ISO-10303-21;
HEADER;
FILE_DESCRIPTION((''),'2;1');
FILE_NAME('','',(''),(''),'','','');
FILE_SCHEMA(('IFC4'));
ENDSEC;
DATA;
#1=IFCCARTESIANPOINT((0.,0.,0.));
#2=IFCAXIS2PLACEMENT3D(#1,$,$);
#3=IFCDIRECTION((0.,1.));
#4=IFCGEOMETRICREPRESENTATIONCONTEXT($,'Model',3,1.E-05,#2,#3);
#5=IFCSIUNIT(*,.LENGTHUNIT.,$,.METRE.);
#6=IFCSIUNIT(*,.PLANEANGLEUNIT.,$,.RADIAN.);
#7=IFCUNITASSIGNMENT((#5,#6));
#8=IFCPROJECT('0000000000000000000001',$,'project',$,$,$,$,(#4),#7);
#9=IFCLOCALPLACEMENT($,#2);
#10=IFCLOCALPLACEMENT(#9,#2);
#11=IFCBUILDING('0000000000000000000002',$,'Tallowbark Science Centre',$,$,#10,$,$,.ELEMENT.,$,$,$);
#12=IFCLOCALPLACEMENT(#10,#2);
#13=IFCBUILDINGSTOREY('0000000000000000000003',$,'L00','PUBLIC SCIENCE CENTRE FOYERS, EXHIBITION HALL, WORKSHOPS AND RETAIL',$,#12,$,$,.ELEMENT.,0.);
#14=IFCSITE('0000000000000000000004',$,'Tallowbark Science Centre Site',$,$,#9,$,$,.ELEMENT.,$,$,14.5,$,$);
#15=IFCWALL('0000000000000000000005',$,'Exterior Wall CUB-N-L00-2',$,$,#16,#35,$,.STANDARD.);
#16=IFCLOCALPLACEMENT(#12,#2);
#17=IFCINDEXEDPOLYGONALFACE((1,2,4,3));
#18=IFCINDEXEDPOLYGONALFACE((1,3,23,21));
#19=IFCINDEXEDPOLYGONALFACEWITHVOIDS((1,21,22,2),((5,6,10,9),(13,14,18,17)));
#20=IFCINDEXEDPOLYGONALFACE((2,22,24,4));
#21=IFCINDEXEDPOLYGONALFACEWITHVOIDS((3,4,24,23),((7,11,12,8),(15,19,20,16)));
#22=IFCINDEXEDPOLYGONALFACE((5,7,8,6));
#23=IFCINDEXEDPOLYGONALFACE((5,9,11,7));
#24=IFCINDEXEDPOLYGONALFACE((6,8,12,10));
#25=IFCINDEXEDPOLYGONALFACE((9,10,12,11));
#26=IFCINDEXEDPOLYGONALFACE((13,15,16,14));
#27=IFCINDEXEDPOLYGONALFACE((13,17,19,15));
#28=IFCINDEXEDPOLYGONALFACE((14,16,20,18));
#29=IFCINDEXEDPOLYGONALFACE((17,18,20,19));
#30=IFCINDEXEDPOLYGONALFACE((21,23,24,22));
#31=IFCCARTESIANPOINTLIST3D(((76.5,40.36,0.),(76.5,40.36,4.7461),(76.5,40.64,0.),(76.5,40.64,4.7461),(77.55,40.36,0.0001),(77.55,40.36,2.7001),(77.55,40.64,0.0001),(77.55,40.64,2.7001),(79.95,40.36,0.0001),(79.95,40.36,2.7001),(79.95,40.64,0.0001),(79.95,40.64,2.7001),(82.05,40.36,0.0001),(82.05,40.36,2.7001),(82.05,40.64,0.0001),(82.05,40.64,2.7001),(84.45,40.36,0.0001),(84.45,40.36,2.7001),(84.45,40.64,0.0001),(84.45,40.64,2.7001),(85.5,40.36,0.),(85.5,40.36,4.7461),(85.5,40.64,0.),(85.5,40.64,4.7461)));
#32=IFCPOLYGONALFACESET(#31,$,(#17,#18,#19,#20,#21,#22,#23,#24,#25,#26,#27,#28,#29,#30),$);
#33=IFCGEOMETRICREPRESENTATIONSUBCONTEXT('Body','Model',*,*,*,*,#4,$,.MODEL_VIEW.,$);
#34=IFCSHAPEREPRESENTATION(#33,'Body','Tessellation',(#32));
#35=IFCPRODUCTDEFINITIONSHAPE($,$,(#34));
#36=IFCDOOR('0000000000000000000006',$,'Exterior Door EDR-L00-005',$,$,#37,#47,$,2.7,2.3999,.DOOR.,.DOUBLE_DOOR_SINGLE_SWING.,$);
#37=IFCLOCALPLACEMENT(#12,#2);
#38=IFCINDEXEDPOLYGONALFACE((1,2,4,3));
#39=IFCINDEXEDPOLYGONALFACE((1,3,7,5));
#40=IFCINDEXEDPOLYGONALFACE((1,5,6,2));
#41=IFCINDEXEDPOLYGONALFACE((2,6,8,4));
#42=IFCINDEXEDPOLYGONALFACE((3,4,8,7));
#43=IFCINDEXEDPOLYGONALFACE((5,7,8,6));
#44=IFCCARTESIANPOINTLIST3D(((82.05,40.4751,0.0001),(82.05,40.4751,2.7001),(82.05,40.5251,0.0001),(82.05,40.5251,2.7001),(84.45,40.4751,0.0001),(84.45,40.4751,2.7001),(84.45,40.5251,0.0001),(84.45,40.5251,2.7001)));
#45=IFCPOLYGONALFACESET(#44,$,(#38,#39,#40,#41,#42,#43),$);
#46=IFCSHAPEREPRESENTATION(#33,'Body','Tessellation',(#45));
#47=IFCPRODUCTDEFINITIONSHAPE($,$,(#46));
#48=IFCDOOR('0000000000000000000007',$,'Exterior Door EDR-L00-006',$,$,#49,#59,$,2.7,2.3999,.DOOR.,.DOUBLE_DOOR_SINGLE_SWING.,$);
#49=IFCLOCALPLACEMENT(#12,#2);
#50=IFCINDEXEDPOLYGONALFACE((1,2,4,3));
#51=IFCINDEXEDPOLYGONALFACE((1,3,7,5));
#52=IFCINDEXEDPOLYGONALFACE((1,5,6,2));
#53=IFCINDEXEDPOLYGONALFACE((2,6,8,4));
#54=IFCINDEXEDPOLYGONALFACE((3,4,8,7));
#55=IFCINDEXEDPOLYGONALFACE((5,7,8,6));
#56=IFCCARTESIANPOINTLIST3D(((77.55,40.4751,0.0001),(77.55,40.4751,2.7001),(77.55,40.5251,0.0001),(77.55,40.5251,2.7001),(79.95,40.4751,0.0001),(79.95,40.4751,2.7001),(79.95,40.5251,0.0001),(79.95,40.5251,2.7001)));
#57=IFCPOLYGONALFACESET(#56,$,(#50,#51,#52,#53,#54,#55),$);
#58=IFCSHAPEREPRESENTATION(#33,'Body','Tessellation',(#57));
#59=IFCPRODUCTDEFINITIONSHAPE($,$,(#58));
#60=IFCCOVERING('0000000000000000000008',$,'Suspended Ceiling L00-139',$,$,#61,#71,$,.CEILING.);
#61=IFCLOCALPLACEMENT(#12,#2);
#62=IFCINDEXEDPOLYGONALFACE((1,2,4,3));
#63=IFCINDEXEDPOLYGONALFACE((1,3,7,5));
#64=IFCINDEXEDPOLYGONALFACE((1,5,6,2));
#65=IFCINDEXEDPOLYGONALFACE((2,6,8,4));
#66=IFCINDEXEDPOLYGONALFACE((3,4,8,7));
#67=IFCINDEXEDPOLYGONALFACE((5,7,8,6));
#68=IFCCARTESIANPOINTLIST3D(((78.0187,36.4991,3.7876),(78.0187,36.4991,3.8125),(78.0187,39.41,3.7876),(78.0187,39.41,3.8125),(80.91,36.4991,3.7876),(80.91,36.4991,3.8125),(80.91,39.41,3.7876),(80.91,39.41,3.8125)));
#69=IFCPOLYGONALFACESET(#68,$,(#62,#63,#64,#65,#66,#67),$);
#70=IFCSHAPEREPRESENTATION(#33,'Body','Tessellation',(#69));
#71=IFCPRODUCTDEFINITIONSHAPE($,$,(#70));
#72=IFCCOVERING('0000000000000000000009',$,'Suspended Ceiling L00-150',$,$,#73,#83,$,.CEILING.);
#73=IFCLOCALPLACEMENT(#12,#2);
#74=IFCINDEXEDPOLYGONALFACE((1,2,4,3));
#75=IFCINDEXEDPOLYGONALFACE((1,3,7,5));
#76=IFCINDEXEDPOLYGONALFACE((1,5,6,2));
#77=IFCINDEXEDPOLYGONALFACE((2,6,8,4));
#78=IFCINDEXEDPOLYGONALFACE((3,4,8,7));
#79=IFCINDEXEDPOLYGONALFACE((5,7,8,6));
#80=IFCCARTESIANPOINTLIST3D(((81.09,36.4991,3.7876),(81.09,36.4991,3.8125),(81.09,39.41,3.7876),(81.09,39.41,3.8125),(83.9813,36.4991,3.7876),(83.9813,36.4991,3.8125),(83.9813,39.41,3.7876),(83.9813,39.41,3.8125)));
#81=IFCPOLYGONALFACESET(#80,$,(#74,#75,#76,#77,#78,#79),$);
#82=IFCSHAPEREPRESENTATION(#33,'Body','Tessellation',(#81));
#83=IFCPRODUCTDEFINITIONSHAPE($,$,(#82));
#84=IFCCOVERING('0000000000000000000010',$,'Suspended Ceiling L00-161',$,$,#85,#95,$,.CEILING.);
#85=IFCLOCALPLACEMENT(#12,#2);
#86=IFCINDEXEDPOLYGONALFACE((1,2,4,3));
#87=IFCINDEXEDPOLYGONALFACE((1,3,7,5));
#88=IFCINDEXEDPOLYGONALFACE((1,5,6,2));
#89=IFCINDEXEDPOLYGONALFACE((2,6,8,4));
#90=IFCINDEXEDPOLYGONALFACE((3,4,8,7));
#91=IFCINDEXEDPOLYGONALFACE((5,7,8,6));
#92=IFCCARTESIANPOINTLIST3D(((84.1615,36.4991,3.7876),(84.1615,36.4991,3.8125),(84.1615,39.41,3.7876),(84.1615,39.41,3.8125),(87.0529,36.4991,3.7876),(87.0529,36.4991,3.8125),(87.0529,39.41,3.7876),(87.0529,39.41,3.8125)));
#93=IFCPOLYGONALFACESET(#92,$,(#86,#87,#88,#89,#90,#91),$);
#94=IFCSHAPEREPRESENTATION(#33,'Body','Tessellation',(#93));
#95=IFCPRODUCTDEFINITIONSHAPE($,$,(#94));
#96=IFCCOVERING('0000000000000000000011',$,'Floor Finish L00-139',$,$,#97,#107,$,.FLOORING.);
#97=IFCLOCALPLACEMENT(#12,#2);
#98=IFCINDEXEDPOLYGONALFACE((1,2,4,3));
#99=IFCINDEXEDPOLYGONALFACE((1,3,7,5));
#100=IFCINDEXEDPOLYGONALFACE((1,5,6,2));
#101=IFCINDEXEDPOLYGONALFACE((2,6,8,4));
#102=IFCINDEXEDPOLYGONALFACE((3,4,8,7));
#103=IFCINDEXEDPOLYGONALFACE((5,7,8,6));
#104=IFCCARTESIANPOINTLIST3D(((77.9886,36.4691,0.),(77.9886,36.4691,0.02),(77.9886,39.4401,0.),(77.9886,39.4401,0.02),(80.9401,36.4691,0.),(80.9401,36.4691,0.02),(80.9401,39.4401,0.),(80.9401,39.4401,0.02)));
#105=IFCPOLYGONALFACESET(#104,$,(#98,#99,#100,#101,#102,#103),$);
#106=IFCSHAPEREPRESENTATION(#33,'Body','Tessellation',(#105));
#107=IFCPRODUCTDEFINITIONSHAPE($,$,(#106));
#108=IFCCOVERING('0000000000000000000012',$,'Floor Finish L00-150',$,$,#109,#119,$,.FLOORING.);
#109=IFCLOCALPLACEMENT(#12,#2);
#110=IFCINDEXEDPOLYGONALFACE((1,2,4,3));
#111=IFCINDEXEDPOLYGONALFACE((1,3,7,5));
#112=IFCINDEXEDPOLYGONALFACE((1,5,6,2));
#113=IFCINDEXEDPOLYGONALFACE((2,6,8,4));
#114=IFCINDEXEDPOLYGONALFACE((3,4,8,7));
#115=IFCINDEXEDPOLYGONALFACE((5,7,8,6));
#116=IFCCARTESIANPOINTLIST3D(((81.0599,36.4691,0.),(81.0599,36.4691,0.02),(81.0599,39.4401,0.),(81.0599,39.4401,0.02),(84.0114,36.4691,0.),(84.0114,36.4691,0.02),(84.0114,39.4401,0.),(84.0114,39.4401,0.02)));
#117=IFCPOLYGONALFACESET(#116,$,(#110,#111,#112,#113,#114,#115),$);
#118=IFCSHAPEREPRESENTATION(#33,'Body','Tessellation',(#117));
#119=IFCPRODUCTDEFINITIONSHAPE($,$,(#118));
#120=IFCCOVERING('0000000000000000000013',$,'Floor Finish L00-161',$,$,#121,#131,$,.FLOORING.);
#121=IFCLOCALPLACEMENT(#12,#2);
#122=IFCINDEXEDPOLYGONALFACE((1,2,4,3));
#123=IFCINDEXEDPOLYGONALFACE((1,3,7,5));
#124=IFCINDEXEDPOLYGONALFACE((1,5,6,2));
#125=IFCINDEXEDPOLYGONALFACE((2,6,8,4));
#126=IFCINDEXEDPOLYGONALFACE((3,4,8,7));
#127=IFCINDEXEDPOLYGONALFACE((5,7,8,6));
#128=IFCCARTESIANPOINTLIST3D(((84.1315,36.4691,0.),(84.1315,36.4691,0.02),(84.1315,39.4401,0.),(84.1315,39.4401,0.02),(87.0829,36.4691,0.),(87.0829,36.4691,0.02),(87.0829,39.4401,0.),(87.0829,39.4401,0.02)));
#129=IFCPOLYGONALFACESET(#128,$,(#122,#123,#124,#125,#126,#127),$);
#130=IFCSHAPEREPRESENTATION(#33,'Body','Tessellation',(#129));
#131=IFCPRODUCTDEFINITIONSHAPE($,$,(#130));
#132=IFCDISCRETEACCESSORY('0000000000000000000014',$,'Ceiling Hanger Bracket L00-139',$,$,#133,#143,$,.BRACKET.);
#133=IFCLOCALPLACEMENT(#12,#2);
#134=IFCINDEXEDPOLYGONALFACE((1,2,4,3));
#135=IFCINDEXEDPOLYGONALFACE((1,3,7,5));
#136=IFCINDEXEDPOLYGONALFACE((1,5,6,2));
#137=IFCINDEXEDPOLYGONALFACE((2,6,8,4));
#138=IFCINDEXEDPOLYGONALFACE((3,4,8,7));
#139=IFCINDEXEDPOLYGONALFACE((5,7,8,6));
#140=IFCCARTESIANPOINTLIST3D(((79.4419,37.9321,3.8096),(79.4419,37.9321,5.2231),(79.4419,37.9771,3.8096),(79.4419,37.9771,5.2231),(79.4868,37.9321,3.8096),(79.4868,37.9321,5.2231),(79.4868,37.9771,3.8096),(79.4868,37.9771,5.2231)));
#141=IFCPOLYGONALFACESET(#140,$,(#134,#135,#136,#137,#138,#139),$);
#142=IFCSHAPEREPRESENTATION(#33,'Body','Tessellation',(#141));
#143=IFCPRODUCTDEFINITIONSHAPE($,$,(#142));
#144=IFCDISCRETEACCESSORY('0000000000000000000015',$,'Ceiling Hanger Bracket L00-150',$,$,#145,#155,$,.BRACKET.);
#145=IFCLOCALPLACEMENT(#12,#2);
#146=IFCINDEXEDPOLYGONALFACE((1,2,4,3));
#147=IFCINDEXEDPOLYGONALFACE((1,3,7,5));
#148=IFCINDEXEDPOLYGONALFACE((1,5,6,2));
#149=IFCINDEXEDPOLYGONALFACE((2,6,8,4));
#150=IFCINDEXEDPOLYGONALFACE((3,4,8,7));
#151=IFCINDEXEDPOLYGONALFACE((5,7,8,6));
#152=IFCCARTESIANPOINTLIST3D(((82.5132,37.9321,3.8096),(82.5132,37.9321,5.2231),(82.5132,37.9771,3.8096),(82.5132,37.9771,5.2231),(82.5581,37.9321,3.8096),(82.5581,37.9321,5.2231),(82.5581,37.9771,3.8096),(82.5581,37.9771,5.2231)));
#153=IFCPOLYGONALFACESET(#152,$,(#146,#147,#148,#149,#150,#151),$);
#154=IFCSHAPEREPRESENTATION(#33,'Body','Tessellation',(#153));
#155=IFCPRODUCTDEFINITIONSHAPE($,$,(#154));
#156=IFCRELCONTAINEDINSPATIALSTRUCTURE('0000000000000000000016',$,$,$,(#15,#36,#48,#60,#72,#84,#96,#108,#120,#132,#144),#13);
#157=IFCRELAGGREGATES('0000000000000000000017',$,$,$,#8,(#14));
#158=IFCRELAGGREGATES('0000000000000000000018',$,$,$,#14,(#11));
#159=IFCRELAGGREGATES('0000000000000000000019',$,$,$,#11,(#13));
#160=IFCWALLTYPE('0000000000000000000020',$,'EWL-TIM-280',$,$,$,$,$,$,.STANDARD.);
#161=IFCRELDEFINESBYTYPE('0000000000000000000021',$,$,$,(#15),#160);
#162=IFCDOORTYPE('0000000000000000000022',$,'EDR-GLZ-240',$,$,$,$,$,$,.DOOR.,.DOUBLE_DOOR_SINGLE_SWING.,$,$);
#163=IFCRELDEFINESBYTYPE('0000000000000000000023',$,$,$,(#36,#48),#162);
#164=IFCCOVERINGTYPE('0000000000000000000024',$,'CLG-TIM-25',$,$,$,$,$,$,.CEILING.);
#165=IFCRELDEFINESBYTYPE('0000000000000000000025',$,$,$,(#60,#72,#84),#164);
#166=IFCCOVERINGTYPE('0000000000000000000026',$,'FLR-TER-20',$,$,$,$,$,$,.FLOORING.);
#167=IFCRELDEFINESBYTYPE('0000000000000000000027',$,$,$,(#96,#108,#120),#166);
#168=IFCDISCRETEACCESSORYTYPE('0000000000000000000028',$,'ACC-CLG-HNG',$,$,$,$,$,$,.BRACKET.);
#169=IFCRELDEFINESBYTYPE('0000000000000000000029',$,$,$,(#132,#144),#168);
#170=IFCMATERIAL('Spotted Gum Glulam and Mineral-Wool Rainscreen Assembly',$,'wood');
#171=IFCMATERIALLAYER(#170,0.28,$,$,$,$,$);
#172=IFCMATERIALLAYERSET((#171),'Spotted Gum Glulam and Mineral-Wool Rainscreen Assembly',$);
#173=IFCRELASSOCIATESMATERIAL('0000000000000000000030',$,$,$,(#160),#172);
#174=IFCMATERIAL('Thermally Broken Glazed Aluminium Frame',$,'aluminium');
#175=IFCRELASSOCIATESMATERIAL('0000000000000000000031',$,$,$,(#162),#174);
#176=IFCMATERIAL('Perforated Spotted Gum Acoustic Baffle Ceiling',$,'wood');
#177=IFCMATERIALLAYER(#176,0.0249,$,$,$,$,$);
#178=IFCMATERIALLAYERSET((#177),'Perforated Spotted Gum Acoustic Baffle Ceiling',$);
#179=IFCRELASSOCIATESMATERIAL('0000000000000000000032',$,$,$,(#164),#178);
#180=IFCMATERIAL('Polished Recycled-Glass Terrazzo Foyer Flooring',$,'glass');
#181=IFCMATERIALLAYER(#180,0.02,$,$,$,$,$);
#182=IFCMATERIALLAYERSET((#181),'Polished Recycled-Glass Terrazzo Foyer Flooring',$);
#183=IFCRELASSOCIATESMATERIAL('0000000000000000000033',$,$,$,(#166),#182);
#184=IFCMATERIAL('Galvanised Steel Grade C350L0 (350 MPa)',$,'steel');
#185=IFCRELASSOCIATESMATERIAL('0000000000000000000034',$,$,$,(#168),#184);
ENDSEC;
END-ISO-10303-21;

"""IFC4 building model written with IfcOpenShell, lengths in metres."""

from ifc_helpers import new_model, si_unit, direction, frame, frame_2d, origin, origin_2d, place, context, subcontext, project, spatial, rectangle, extrude, material, layer, layer_set, type_object, element, fill, save


model = new_model("IFC4")

# Units and contexts
model_context = context("Model", 3, precision=1e-05, world=origin(), true_north=direction((0.0, 1.0)))
body_context = subcontext(model_context, "Body", "Model", "MODEL_VIEW")
ifc_project = project(units=[si_unit("LENGTHUNIT", "METRE"), si_unit("PLANEANGLEUNIT", "RADIAN")], contexts=[model_context])

# Site, building, storey
site_placement = place(None, origin())
site = spatial("IfcSite", under=ifc_project, at=site_placement, Name="Tallowbark Science Centre Site", CompositionType="ELEMENT", RefElevation=14.5)
building_placement = place(site_placement, origin())
building = spatial("IfcBuilding", under=site, at=building_placement, Name="Tallowbark Science Centre", CompositionType="ELEMENT")
storey_placement = place(building_placement, origin())
storey = spatial("IfcBuildingStorey", under=building, at=storey_placement, Name="L00", Description="PUBLIC SCIENCE CENTRE FOYERS, EXHIBITION HALL, WORKSHOPS AND RETAIL", CompositionType="ELEMENT", Elevation=0.0)

# Wall, openings, doors
ifc_material_1 = material(Name="Spotted Gum Glulam and Mineral-Wool Rainscreen Assembly", Category="wood")
ifc_layer_1 = layer(ifc_material_1, 0.28)
ifc_layer_set_1 = layer_set([ifc_layer_1], Name="Spotted Gum Glulam and Mineral-Wool Rainscreen Assembly")
wall_type = type_object("IfcWallType", Name="EWL-TIM-280", PredefinedType="STANDARD", material=ifc_layer_set_1)
wall_placement = place(storey_placement, frame((85.5, 40.5, 0.0), z_axis=(0.0, 0.0, 1.0), x_axis=(-1.0, 0.0, 0.0)))
wall = element("IfcWall", 1, at=wall_placement, inside=storey, type_object=wall_type, Name="Exterior Wall CUB-N-L00-2", PredefinedType="STANDARD", context=body_context, shape_type="SweptSolid", body=[
    extrude(rectangle(XDim=9.0, YDim=0.28, at=frame_2d((4.5, 0.0))), origin(), (0.0, 0.0, 1.0), 4.7461),
])
opening_1_placement = place(wall_placement, frame((1.05, 0.0, 0.0)))
opening_1 = element("IfcOpeningElement", 2, at=opening_1_placement, cuts=wall, PredefinedType="OPENING", context=body_context, shape_type="SweptSolid", body=[
    extrude(rectangle(XDim=2.3999, YDim=2.7, at=frame_2d((1.2, 1.3501))), frame((0.0, 0.1499, 0.0), z_axis=(0.0, -1.0, 0.0), x_axis=(1.0, 0.0, 0.0)), (0.0, 0.0, 1.0), 0.3),
])
opening_2_placement = place(wall_placement, frame((5.55, 0.0, 0.0)))
opening_2 = element("IfcOpeningElement", 3, at=opening_2_placement, cuts=wall, PredefinedType="OPENING", context=body_context, shape_type="SweptSolid", body=[
    extrude(rectangle(XDim=2.3999, YDim=2.7, at=frame_2d((1.2, 1.3501))), frame((0.0, 0.1499, 0.0), z_axis=(0.0, -1.0, 0.0), x_axis=(1.0, 0.0, 0.0)), (0.0, 0.0, 1.0), 0.3),
])
ifc_material_2 = material(Name="Thermally Broken Glazed Aluminium Frame", Category="aluminium")
door_type = type_object("IfcDoorType", Name="EDR-GLZ-240", OperationType="DOUBLE_DOOR_SINGLE_SWING", PredefinedType="DOOR", material=ifc_material_2)
door_1_placement = place(opening_1_placement, origin())
door_1 = element("IfcDoor", 4, at=door_1_placement, inside=storey, type_object=door_type, Name="Exterior Door EDR-L00-005", OperationType="DOUBLE_DOOR_SINGLE_SWING", OverallHeight=2.7, OverallWidth=2.3999, PredefinedType="DOOR", context=body_context, shape_type="SweptSolid", body=[
    extrude(rectangle(XDim=2.3999, YDim=2.7, at=frame_2d((1.2, 1.3501))), frame((0.0, 0.0249, 0.0), z_axis=(0.0, -1.0, 0.0), x_axis=(1.0, 0.0, 0.0)), (0.0, 0.0, 1.0), 0.05),
])
fill(opening_1, door_1)
door_2_placement = place(opening_2_placement, origin())
door_2 = element("IfcDoor", 5, at=door_2_placement, inside=storey, type_object=door_type, Name="Exterior Door EDR-L00-006", OperationType="DOUBLE_DOOR_SINGLE_SWING", OverallHeight=2.7, OverallWidth=2.3999, PredefinedType="DOOR", context=body_context, shape_type="SweptSolid", body=[
    extrude(rectangle(XDim=2.3999, YDim=2.7, at=frame_2d((1.2, 1.3501))), frame((0.0, 0.0249, 0.0), z_axis=(0.0, -1.0, 0.0), x_axis=(1.0, 0.0, 0.0)), (0.0, 0.0, 1.0), 0.05),
])
fill(opening_2, door_2)

# Coverings
ifc_material_3 = material(Name="Perforated Spotted Gum Acoustic Baffle Ceiling", Category="wood")
ifc_layer_2 = layer(ifc_material_3, 0.0249)
ifc_layer_set_2 = layer_set([ifc_layer_2], Name="Perforated Spotted Gum Acoustic Baffle Ceiling")
covering_type_1 = type_object("IfcCoveringType", Name="CLG-TIM-25", PredefinedType="CEILING", material=ifc_layer_set_2)
for number, where, z_axis, x_axis, name in (
    (6, (79.4644, 37.9546, 3.7876), (0.0, 0.0, 1.0), (1.0, 0.0, 0.0), "Suspended Ceiling L00-139"),
    (7, (82.5356, 37.9546, 3.7876), (0.0, 0.0, 1.0), (1.0, 0.0, 0.0), "Suspended Ceiling L00-150"),
    (8, (85.6072, 37.9546, 3.7876), (0.0, 0.0, 1.0), (1.0, 0.0, 0.0), "Suspended Ceiling L00-161"),
):
    element("IfcCovering", number, at=place(storey_placement, frame(where, z_axis=z_axis, x_axis=x_axis)), inside=storey, type_object=covering_type_1, Name=name, PredefinedType="CEILING", context=body_context, shape_type="SweptSolid", body=[
        extrude(rectangle(XDim=2.8914, YDim=2.9109, at=origin_2d()), origin(), (0.0, 0.0, 1.0), 0.0249),
    ])
ifc_material_4 = material(Name="Polished Recycled-Glass Terrazzo Foyer Flooring", Category="glass")
ifc_layer_3 = layer(ifc_material_4, 0.02)
ifc_layer_set_3 = layer_set([ifc_layer_3], Name="Polished Recycled-Glass Terrazzo Foyer Flooring")
covering_type_2 = type_object("IfcCoveringType", Name="FLR-TER-20", PredefinedType="FLOORING", material=ifc_layer_set_3)
for number, where, z_axis, x_axis, name in (
    (9, (79.4644, 37.9546, 0.0), (0.0, 0.0, 1.0), (1.0, 0.0, 0.0), "Floor Finish L00-139"),
    (10, (82.5356, 37.9546, 0.0), (0.0, 0.0, 1.0), (1.0, 0.0, 0.0), "Floor Finish L00-150"),
    (11, (85.6072, 37.9546, 0.0), (0.0, 0.0, 1.0), (1.0, 0.0, 0.0), "Floor Finish L00-161"),
):
    element("IfcCovering", number, at=place(storey_placement, frame(where, z_axis=z_axis, x_axis=x_axis)), inside=storey, type_object=covering_type_2, Name=name, PredefinedType="FLOORING", context=body_context, shape_type="SweptSolid", body=[
        extrude(rectangle(XDim=2.9514, YDim=2.9709, at=origin_2d()), origin(), (0.0, 0.0, 1.0), 0.02),
    ])

# Discrete accessories
ifc_material_5 = material(Name="Galvanised Steel Grade C350L0 (350 MPa)", Category="steel")
discrete_accessory_type = type_object("IfcDiscreteAccessoryType", Name="ACC-CLG-HNG", PredefinedType="BRACKET", material=ifc_material_5)
for number, where, z_axis, x_axis, name in (
    (12, (79.4644, 37.9546, 3.8096), (0.0, 0.0, 1.0), (1.0, 0.0, 0.0), "Ceiling Hanger Bracket L00-139"),
    (13, (82.5356, 37.9546, 3.8096), (0.0, 0.0, 1.0), (1.0, 0.0, 0.0), "Ceiling Hanger Bracket L00-150"),
):
    element("IfcDiscreteAccessory", number, at=place(storey_placement, frame(where, z_axis=z_axis, x_axis=x_axis)), inside=storey, type_object=discrete_accessory_type, Name=name, PredefinedType="BRACKET", context=body_context, shape_type="SweptSolid", body=[
        extrude(rectangle(XDim=0.0449, YDim=0.0449, at=origin_2d()), origin(), (0.0, 0.0, 1.0), 1.4136),
    ])

save(model, "model.ifc")
